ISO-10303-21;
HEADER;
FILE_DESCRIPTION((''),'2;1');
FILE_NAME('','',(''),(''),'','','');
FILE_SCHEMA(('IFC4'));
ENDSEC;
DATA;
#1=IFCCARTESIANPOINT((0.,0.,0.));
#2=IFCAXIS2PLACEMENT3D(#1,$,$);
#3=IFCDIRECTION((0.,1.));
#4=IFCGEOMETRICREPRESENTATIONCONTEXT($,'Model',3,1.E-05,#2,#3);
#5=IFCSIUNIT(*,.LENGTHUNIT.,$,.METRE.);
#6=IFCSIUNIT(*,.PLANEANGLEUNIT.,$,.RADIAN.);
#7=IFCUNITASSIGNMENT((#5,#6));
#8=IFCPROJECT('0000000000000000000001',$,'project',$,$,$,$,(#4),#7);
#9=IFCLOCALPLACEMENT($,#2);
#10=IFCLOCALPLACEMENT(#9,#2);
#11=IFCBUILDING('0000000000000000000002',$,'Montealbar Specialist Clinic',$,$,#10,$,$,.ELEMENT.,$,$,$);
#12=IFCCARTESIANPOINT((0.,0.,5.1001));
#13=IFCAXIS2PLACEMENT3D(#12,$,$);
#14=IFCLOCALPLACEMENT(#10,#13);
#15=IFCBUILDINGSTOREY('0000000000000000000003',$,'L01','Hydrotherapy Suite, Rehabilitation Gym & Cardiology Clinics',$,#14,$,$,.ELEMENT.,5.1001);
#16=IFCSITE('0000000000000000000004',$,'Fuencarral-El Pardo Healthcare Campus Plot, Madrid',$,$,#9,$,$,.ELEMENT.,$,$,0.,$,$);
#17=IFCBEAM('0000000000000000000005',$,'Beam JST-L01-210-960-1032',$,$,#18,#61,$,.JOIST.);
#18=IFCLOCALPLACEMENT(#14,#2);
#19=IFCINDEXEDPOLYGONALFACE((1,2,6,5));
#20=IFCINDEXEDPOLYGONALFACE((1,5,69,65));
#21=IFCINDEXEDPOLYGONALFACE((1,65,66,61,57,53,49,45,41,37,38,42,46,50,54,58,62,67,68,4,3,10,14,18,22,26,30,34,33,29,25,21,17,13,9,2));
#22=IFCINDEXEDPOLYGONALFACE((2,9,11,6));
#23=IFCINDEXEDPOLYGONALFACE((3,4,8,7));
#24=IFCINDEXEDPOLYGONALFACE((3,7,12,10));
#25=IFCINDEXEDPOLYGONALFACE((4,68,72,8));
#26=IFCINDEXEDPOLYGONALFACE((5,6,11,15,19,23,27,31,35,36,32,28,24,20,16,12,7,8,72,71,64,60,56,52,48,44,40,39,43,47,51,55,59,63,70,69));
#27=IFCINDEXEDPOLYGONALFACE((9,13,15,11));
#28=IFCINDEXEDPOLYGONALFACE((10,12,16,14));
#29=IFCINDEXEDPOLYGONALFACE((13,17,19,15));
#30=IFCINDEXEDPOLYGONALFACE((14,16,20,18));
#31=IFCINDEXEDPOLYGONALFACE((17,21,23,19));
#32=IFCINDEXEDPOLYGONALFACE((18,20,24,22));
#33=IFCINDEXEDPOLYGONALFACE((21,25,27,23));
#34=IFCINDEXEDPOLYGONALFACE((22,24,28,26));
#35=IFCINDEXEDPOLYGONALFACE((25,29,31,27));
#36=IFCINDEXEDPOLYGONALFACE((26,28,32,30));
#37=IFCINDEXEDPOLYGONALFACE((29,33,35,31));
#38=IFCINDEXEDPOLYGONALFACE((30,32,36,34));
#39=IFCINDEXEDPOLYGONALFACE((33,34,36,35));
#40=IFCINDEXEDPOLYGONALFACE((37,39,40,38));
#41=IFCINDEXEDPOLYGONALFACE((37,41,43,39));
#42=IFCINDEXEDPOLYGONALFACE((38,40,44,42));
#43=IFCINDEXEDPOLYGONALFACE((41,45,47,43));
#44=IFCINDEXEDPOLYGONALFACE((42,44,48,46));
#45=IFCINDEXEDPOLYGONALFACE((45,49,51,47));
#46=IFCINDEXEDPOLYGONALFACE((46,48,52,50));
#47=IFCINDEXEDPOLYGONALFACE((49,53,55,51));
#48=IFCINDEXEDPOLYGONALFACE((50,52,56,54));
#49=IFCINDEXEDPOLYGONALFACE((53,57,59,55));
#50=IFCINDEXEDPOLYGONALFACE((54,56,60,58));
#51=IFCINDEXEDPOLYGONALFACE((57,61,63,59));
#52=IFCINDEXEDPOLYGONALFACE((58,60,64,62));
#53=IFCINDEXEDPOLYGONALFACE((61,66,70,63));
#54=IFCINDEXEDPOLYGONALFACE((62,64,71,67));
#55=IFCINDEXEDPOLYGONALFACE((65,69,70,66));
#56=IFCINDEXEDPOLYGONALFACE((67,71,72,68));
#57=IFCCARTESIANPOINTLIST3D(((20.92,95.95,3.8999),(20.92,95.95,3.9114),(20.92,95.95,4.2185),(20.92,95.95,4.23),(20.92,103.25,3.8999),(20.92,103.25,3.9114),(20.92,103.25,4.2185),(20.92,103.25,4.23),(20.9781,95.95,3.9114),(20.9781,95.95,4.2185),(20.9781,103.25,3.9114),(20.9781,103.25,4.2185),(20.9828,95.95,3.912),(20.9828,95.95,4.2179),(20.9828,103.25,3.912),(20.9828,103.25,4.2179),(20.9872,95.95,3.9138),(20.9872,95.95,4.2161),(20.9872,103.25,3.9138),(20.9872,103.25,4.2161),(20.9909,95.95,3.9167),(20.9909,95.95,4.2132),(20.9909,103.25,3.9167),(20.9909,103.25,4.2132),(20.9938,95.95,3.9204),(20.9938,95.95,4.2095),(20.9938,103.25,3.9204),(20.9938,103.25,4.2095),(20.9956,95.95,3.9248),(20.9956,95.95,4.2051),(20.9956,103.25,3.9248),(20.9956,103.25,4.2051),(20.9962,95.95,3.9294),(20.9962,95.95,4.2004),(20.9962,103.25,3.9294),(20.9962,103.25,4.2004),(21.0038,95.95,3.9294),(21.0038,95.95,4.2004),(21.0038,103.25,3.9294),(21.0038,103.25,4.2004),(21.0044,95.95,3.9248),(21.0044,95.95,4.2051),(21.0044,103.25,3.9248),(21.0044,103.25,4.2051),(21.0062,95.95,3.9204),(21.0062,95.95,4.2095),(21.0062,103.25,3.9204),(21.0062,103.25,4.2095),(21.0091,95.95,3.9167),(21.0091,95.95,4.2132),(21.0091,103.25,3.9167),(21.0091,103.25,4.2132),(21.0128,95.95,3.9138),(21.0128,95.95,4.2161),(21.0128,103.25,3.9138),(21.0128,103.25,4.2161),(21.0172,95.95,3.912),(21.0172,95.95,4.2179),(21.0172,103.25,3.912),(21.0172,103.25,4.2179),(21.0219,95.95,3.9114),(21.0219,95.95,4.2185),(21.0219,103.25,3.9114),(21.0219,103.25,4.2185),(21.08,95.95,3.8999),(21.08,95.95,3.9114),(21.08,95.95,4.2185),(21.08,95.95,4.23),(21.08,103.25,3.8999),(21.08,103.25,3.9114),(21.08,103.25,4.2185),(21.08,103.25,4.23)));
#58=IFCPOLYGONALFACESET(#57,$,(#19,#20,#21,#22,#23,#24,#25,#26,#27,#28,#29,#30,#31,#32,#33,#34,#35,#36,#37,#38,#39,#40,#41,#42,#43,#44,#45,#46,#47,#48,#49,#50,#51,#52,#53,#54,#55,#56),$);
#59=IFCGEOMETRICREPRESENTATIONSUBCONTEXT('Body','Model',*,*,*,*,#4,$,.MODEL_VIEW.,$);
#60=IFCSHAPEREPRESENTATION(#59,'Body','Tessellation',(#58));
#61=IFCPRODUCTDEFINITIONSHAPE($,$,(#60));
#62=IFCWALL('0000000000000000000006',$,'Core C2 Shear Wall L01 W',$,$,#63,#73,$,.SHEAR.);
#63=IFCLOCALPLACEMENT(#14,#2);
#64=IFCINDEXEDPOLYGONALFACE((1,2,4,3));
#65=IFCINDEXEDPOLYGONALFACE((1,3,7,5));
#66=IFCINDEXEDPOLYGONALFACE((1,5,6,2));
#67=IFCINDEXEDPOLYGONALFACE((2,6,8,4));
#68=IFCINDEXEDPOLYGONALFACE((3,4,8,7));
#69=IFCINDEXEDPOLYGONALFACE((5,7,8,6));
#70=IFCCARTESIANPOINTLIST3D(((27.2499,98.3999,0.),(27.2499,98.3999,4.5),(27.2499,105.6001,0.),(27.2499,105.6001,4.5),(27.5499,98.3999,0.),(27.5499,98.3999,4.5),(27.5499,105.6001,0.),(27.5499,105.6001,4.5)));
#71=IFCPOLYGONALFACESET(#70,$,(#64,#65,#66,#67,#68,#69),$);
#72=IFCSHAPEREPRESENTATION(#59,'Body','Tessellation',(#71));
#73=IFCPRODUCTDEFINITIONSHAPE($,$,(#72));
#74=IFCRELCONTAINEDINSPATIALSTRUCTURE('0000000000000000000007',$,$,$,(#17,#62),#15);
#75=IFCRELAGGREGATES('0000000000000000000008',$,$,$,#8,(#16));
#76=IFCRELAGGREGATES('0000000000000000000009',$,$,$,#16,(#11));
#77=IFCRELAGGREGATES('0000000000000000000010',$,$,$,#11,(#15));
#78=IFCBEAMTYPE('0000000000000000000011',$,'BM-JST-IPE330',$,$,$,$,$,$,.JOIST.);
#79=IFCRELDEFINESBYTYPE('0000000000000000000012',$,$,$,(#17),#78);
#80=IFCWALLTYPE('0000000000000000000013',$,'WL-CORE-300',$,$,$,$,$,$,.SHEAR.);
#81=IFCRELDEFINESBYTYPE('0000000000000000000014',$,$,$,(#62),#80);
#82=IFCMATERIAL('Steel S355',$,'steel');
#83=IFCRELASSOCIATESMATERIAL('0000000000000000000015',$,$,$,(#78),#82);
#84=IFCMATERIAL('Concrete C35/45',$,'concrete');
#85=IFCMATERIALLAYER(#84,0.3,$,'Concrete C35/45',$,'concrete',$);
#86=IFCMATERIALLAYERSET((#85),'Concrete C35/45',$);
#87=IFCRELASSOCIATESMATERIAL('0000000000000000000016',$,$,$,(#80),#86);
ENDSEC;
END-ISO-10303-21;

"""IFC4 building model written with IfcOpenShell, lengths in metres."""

from ifc_helpers import new_model, si_unit, direction, frame, frame_2d, origin, origin_2d, place, context, subcontext, project, spatial, rectangle, i_section, extrude, material, layer, layer_set, material_profile, profile_set, type_object, element, save


model = new_model("IFC4")

# Units and contexts
model_context = context("Model", 3, precision=1e-05, world=origin(), true_north=direction((0.0, 1.0)))
body_context = subcontext(model_context, "Body", "Model", "MODEL_VIEW")
ifc_project = project(units=[si_unit("LENGTHUNIT", "METRE"), si_unit("PLANEANGLEUNIT", "RADIAN")], contexts=[model_context])

# Site, building, storey
site_placement = place(None, origin())
site = spatial("IfcSite", under=ifc_project, at=site_placement, Name="Fuencarral-El Pardo Healthcare Campus Plot, Madrid", CompositionType="ELEMENT", RefElevation=0.0)
building_placement = place(site_placement, origin())
building = spatial("IfcBuilding", under=site, at=building_placement, Name="Montealbar Specialist Clinic", CompositionType="ELEMENT")
storey_placement = place(building_placement, frame((0.0, 0.0, 5.1001)))
storey = spatial("IfcBuildingStorey", under=building, at=storey_placement, Name="L01", Description="Hydrotherapy Suite, Rehabilitation Gym & Cardiology Clinics", CompositionType="ELEMENT", Elevation=5.1001)

# Shared definitions
ifc_material_1 = material(Name="Concrete C35/45", Category="concrete")

# Beam
ifc_material_2 = material(Name="Steel S355", Category="steel")
ifc_material_profile_1 = material_profile(ifc_material_2, i_section(OverallWidth=0.1599, OverallDepth=0.3301, WebThickness=0.0076, FlangeThickness=0.0115, FilletRadius=0.0181, at=origin_2d()), Name="IPE 330", Category="steel")
ifc_profile_set_1 = profile_set([ifc_material_profile_1], Name="Steel S355")
beam_type_1 = type_object("IfcBeamType", Name="BM-JST-IPE330", PredefinedType="JOIST", material=ifc_profile_set_1)
beam_1_placement = place(storey_placement, frame((21.0, 95.95, 4.0649), z_axis=(0.0, 1.0, 0.0), x_axis=(-1.0, 0.0, 0.0)))
element("IfcBeam", 1, at=beam_1_placement, inside=storey, type_object=beam_type_1, Name="Beam JST-L01-210-960-1032", PredefinedType="JOIST", context=body_context, shape_type="SweptSolid", body=[
    extrude(i_section(OverallWidth=0.1599, OverallDepth=0.3301, WebThickness=0.0076, FlangeThickness=0.0115, FilletRadius=0.0181, at=origin_2d()), origin(), (0.0, 0.0, 1.0), 7.3),
])

# Shared definitions
ifc_layer_1 = layer(ifc_material_1, 0.3, Name="Concrete C35/45", Category="concrete")
ifc_layer_set_1 = layer_set([ifc_layer_1], Name="Concrete C35/45")
wall_type_1 = type_object("IfcWallType", Name="WL-CORE-300", PredefinedType="SHEAR", material=ifc_layer_set_1)

# Wall
wall_1_placement = place(storey_placement, frame((27.3999, 98.3999, 0.0), z_axis=(0.0, 0.0, 1.0), x_axis=(0.0, 1.0, 0.0)))
element("IfcWall", 2, at=wall_1_placement, inside=storey, type_object=wall_type_1, Name="Core C2 Shear Wall L01 W", PredefinedType="SHEAR", context=body_context, shape_type="SweptSolid", body=[
    extrude(rectangle(XDim=7.2002, YDim=0.3, at=frame_2d((3.6001, 0.0))), origin(), (0.0, 0.0, 1.0), 4.5),
])

save(model, "model.ifc")
